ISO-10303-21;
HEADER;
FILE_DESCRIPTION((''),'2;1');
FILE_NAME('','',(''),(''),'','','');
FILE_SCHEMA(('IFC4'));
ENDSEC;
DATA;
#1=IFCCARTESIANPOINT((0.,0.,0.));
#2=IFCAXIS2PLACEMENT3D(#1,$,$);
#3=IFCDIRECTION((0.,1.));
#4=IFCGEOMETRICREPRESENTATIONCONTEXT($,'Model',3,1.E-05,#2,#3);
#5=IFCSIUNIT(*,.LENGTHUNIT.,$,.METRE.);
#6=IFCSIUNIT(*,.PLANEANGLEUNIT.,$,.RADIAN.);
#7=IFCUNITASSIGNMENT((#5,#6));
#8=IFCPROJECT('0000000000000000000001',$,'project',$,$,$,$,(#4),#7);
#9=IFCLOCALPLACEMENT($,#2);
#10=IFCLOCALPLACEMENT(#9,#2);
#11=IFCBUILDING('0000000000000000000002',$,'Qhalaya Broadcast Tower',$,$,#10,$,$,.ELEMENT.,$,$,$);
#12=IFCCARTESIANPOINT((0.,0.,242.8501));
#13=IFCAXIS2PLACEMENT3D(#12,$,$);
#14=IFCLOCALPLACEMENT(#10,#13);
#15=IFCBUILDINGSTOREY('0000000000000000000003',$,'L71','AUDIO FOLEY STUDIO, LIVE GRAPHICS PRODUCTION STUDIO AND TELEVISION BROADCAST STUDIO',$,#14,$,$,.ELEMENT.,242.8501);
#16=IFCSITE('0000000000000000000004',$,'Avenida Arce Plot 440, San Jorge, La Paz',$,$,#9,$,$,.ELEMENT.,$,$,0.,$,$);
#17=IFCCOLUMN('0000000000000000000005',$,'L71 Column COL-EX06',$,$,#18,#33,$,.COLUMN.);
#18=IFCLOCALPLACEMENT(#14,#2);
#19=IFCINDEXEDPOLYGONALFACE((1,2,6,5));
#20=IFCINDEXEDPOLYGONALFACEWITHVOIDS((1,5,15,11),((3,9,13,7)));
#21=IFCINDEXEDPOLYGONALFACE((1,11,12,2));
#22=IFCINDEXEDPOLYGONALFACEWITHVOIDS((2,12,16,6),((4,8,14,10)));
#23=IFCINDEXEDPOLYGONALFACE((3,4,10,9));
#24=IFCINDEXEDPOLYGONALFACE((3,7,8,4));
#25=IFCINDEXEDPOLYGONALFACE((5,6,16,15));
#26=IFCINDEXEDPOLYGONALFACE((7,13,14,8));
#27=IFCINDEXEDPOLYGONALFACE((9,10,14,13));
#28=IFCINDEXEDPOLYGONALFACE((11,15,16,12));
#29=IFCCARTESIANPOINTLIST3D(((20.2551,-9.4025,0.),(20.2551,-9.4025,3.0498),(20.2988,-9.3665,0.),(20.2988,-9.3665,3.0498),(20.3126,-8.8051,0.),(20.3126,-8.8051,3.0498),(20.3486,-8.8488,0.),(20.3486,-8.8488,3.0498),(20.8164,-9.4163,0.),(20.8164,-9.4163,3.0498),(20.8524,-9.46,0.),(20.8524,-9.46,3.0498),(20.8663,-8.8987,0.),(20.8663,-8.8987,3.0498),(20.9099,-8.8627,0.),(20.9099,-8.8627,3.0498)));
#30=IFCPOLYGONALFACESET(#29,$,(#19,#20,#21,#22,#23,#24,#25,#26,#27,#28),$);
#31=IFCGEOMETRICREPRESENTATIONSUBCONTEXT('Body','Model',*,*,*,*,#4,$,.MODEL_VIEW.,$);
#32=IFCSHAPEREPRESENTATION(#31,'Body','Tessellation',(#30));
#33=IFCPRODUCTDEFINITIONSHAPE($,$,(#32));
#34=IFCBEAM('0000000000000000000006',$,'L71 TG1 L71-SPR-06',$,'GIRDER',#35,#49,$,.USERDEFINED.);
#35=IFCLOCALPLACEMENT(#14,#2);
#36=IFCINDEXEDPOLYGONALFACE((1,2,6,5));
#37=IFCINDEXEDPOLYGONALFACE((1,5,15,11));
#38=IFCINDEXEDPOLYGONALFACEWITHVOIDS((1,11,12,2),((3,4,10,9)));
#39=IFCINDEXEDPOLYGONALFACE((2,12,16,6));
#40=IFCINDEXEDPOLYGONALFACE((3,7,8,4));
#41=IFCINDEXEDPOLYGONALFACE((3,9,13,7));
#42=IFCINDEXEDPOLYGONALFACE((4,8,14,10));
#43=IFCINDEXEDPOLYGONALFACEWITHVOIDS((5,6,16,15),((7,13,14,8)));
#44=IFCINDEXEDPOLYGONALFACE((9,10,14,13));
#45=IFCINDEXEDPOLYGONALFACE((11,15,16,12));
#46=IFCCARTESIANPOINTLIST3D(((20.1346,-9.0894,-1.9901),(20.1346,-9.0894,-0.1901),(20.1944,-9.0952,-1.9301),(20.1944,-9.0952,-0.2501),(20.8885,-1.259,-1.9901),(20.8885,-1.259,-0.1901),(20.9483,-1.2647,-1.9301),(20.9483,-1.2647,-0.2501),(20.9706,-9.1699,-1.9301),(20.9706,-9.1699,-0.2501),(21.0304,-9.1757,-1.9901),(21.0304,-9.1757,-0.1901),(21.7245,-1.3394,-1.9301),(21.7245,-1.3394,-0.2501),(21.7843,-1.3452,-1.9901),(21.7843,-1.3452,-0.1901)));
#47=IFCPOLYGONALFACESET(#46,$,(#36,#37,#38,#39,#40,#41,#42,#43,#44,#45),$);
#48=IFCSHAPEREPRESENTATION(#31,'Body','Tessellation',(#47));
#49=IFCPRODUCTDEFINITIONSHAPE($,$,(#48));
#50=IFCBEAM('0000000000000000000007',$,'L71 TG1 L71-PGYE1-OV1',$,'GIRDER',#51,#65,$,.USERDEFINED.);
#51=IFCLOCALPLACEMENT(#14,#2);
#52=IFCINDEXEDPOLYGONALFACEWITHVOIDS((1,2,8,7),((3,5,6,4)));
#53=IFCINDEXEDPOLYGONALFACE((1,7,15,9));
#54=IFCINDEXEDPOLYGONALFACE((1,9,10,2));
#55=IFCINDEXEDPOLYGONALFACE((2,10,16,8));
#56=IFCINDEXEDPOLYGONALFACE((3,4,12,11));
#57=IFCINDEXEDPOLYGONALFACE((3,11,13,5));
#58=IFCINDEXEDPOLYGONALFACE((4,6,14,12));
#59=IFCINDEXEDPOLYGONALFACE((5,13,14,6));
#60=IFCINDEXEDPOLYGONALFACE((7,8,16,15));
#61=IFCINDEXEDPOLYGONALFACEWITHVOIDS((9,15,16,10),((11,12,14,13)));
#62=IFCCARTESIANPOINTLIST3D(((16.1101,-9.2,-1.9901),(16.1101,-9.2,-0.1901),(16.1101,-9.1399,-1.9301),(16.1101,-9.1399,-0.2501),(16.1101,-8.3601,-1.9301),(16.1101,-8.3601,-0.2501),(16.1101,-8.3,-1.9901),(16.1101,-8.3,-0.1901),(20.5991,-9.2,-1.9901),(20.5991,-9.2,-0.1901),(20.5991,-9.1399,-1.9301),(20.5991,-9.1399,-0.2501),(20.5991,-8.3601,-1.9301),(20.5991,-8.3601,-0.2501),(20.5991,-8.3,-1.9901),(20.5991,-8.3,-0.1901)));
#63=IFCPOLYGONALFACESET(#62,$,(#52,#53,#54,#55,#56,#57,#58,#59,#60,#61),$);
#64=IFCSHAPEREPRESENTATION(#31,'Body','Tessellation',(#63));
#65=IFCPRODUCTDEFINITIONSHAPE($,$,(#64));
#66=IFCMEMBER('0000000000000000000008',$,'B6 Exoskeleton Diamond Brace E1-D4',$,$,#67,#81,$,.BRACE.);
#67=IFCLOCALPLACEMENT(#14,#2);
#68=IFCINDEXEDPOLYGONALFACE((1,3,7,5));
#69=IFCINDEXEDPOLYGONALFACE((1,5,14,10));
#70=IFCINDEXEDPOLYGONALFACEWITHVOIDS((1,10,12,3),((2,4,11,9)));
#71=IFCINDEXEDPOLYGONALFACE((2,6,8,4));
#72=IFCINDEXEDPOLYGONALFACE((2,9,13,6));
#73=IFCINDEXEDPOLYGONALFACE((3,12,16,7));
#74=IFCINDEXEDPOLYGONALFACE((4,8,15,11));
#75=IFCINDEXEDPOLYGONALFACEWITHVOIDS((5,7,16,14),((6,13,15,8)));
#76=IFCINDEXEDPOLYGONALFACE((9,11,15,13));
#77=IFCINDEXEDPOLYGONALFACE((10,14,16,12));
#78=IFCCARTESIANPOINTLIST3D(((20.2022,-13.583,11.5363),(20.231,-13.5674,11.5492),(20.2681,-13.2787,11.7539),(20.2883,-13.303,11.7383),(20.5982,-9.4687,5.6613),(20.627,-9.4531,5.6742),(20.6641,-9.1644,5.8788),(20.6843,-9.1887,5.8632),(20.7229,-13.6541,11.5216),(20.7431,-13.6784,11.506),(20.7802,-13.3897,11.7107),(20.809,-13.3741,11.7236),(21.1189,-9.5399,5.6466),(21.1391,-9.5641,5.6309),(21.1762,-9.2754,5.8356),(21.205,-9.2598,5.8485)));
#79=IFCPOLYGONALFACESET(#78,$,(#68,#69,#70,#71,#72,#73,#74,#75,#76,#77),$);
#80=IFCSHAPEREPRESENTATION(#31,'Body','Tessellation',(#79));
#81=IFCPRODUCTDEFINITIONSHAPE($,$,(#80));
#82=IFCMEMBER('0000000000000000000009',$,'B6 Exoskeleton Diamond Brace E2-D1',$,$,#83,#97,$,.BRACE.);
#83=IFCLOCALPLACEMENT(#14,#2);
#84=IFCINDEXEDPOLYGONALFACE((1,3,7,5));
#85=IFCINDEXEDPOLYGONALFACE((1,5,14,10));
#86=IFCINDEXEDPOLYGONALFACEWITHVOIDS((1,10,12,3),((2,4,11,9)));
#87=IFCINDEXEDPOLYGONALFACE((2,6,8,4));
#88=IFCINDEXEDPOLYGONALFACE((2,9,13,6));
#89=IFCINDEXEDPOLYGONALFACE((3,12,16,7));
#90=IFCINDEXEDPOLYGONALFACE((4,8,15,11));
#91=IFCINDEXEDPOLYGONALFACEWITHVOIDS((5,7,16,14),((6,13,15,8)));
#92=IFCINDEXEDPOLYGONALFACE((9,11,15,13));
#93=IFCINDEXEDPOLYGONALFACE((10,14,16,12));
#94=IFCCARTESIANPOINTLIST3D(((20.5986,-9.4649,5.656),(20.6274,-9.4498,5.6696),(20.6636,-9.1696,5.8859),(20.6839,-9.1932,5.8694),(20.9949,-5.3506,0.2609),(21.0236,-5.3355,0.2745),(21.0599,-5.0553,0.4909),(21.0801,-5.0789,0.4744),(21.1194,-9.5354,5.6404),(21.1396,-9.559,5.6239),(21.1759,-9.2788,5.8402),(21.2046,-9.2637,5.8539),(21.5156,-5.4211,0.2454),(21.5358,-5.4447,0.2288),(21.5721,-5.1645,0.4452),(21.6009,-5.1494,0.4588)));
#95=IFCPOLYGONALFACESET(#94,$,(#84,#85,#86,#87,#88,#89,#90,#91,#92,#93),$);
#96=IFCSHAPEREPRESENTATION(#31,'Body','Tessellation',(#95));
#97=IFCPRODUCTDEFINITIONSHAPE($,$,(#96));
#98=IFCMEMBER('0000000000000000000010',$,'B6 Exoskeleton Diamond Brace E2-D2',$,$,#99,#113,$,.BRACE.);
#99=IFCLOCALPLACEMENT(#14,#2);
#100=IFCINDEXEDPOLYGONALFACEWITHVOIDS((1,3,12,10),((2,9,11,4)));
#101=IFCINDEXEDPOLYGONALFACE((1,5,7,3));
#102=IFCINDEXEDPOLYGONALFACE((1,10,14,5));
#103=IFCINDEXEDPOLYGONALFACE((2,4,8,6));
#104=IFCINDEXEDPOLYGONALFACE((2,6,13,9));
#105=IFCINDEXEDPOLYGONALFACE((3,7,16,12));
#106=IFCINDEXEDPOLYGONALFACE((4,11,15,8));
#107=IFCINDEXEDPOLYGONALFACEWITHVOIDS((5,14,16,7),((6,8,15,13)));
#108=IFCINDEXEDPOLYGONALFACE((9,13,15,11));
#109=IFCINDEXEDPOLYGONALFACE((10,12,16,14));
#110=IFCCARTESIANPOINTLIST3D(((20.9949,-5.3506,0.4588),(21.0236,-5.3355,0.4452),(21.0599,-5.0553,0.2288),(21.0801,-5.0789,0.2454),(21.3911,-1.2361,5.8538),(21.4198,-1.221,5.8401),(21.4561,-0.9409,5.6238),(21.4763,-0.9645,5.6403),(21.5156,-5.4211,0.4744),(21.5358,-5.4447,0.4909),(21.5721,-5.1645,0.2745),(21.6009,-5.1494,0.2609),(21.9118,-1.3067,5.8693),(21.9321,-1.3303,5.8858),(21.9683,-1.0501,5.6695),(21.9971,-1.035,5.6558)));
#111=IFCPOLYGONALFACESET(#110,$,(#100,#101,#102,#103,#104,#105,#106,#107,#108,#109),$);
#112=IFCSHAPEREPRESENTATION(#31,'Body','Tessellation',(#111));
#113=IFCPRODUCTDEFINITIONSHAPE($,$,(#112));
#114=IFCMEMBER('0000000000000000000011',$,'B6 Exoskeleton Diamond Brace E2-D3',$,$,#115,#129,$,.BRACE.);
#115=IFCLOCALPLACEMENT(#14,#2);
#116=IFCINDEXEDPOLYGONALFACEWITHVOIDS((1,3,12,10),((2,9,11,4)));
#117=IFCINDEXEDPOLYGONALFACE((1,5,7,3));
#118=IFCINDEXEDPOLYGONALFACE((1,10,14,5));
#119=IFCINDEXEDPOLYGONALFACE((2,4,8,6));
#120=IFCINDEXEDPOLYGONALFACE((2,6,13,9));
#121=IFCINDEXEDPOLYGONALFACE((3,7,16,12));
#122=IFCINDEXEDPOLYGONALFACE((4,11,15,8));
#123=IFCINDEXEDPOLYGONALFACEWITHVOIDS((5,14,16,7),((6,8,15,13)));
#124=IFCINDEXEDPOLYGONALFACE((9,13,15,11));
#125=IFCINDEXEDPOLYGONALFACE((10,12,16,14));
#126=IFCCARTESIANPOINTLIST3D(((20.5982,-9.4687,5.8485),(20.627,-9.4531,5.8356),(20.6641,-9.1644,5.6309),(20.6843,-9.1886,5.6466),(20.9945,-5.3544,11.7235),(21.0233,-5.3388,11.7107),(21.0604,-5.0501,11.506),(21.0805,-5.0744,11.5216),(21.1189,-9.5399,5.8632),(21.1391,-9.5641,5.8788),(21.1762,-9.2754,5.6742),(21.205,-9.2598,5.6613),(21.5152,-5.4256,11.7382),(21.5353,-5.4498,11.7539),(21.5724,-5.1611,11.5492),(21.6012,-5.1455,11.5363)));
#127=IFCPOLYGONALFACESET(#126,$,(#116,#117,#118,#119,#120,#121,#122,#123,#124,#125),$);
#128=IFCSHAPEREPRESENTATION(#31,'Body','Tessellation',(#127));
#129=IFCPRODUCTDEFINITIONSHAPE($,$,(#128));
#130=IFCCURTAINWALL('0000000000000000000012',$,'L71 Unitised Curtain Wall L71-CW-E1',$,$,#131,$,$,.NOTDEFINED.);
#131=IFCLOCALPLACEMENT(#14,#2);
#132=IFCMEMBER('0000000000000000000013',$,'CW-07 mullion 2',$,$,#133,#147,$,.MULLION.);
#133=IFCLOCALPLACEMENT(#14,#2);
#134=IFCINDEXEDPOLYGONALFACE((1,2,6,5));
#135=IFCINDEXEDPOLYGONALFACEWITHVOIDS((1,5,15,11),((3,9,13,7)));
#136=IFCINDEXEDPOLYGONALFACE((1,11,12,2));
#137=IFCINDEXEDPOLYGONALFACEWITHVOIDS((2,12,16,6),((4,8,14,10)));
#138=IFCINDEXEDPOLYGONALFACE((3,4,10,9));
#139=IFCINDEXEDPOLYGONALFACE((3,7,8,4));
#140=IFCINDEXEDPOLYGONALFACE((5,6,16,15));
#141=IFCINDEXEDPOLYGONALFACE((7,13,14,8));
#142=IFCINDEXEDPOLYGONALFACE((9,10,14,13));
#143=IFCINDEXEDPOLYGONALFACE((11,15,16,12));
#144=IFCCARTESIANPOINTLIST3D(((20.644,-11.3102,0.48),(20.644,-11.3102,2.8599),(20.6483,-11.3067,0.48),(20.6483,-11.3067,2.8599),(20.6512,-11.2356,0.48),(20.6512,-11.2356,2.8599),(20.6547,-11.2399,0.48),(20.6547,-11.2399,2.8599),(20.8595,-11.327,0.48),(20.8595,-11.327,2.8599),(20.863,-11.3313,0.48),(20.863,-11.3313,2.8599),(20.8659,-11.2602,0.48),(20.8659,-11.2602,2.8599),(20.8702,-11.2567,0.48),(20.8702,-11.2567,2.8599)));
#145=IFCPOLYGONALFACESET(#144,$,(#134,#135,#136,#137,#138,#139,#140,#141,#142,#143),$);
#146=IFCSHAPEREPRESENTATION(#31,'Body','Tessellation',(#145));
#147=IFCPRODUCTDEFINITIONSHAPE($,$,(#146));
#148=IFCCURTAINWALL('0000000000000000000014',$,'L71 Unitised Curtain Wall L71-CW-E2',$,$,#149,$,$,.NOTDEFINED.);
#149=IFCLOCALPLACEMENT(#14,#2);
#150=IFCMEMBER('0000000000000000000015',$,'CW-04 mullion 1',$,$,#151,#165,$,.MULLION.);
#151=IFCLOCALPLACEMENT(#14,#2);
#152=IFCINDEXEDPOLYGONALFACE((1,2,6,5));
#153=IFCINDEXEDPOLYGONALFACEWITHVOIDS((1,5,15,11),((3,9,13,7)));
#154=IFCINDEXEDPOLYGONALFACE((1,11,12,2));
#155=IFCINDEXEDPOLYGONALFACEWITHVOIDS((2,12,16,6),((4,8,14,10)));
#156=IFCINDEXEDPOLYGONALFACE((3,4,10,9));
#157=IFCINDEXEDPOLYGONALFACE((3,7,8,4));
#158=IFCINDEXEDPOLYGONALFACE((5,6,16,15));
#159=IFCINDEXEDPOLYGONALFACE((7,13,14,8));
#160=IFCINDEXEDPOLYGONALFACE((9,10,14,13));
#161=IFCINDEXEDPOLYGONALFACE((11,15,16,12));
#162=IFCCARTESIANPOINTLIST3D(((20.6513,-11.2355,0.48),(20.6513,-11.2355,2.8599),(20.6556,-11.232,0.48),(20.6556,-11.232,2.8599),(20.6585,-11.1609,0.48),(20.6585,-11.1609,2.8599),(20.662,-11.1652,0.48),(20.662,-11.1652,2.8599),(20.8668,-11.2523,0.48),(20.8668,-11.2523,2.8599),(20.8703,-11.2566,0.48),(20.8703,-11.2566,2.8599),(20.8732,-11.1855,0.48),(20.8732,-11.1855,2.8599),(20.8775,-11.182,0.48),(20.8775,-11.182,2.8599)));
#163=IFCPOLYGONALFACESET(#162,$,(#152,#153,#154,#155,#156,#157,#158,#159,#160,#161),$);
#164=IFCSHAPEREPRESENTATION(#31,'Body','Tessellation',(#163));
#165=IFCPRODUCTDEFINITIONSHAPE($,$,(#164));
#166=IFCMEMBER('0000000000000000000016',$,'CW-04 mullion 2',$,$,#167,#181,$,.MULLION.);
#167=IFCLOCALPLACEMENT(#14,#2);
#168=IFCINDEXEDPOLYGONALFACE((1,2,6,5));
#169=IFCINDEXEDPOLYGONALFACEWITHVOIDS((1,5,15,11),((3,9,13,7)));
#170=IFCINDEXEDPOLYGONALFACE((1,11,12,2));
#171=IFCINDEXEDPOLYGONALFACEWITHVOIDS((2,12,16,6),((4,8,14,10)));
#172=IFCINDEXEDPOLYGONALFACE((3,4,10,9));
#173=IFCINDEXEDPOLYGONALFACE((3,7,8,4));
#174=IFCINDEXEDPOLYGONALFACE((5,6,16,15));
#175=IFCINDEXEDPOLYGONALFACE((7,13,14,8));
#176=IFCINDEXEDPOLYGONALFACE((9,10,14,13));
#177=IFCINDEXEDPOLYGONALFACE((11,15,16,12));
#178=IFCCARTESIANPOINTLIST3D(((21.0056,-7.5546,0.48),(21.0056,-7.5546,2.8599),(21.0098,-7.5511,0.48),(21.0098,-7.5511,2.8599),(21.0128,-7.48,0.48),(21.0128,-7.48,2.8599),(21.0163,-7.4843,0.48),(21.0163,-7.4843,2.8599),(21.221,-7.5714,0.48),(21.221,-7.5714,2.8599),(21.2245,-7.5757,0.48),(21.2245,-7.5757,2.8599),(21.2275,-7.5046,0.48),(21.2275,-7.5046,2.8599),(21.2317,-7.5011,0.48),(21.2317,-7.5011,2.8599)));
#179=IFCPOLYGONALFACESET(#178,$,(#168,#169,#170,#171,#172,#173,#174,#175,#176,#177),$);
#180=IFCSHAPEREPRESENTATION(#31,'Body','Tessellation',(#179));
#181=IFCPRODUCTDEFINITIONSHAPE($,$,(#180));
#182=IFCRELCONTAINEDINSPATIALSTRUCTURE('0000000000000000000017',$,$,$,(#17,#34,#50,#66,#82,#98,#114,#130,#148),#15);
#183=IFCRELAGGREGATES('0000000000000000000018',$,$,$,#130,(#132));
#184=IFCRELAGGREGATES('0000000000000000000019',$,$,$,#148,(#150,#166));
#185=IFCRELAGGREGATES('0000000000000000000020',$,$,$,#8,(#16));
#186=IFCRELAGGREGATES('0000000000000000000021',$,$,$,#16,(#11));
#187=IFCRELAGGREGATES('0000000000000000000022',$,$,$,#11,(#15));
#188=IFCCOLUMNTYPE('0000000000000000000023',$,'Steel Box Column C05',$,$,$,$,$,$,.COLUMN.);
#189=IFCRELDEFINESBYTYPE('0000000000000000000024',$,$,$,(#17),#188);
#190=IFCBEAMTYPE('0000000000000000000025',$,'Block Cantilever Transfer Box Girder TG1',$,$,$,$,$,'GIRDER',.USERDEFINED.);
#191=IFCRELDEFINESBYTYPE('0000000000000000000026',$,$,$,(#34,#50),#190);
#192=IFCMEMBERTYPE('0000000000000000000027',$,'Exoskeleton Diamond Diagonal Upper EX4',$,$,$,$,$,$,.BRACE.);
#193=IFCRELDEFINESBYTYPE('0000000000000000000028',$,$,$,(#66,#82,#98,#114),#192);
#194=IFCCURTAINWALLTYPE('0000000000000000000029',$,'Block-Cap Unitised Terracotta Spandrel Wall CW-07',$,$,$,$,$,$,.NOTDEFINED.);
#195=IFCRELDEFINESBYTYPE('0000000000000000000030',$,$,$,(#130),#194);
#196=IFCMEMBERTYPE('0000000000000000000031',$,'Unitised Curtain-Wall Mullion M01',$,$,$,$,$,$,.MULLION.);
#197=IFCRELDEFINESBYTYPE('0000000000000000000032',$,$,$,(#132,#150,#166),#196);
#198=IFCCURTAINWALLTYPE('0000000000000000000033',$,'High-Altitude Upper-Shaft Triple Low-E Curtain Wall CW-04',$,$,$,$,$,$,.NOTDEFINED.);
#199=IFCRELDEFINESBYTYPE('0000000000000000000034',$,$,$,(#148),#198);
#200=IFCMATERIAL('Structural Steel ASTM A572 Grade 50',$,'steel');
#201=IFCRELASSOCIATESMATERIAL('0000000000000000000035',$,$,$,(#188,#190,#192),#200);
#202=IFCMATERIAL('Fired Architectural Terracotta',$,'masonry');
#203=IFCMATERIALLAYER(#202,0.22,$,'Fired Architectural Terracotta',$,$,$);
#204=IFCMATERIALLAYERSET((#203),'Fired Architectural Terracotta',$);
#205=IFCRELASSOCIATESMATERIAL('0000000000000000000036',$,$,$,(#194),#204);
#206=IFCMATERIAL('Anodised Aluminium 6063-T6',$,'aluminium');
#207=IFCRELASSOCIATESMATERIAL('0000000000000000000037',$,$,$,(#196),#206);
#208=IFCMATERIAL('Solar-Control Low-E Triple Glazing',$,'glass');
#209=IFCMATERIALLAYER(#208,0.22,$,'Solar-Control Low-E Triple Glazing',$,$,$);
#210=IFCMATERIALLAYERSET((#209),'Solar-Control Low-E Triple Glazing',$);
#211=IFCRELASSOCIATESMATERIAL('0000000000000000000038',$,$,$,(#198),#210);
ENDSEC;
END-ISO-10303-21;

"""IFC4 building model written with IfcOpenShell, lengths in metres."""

from ifc_helpers import new_model, si_unit, direction, frame, origin, origin_2d, place, context, subcontext, project, spatial, hollow_rectangle, extrude, material, layer, layer_set, material_profile, profile_set, type_object, element, aggregate, save


model = new_model("IFC4")

# Units and contexts
model_context = context("Model", 3, precision=1e-05, world=origin(), true_north=direction((0.0, 1.0)))
body_context = subcontext(model_context, "Body", "Model", "MODEL_VIEW")
ifc_project = project(units=[si_unit("LENGTHUNIT", "METRE"), si_unit("PLANEANGLEUNIT", "RADIAN")], contexts=[model_context])

# Site, building, storey
site_placement = place(None, origin())
site = spatial("IfcSite", under=ifc_project, at=site_placement, Name="Avenida Arce Plot 440, San Jorge, La Paz", CompositionType="ELEMENT", RefElevation=0.0)
building_placement = place(site_placement, origin())
building = spatial("IfcBuilding", under=site, at=building_placement, Name="Qhalaya Broadcast Tower", CompositionType="ELEMENT")
storey_placement = place(building_placement, frame((0.0, 0.0, 242.8501)))
storey = spatial("IfcBuildingStorey", under=building, at=storey_placement, Name="L71", Description="AUDIO FOLEY STUDIO, LIVE GRAPHICS PRODUCTION STUDIO AND TELEVISION BROADCAST STUDIO", CompositionType="ELEMENT", Elevation=242.8501)

# Column
ifc_material_1 = material(Name="Structural Steel ASTM A572 Grade 50", Category="steel")
ifc_material_profile_1 = material_profile(ifc_material_1, hollow_rectangle(XDim=0.6001, YDim=0.6001, WallThickness=0.04, at=origin_2d()), Name="BOX 600x600x40")
ifc_profile_set_1 = profile_set([ifc_material_profile_1], Name="Structural Steel ASTM A572 Grade 50")
column_type = type_object("IfcColumnType", Name="Steel Box Column C05", PredefinedType="COLUMN", material=ifc_profile_set_1)
column_placement = place(storey_placement, frame((20.5825, -9.1326, 0.0), z_axis=(0.0, 0.0, 1.0), x_axis=(0.095846, 0.995396, 0.0)))
element("IfcColumn", 1, at=column_placement, inside=storey, type_object=column_type, Name="L71 Column COL-EX06", PredefinedType="COLUMN", context=body_context, shape_type="SweptSolid", body=[
    extrude(hollow_rectangle(XDim=0.6001, YDim=0.6001, WallThickness=0.04, at=origin_2d()), origin(), (0.0, 0.0, 1.0), 3.0498),
])

# Beams
ifc_material_profile_2 = material_profile(ifc_material_1, hollow_rectangle(XDim=0.8999, YDim=1.8, WallThickness=0.0601, at=origin_2d()), Name="BOX 900x1800x60")
ifc_profile_set_2 = profile_set([ifc_material_profile_2], Name="Structural Steel ASTM A572 Grade 50")
beam_type = type_object("IfcBeamType", Name="Block Cantilever Transfer Box Girder TG1", ElementType="GIRDER", PredefinedType="USERDEFINED", material=ifc_profile_set_2)
beam_1_placement = place(storey_placement, frame((20.5825, -9.1326, -1.0901), z_axis=(0.095834, 0.995397, 0.0), x_axis=(-0.995397, 0.095834, 0.0)))
element("IfcBeam", 2, at=beam_1_placement, inside=storey, type_object=beam_type, Name="L71 TG1 L71-SPR-06", ObjectType="GIRDER", PredefinedType="USERDEFINED", context=body_context, shape_type="SweptSolid", body=[
    extrude(hollow_rectangle(XDim=0.8999, YDim=1.8, WallThickness=0.0601, at=origin_2d()), origin(), (0.0, 0.0, 1.0), 7.8667),
])
beam_2_placement = place(storey_placement, frame((16.1101, -8.75, -1.0901), z_axis=(1.0, 0.0, 0.0), x_axis=(0.0, 1.0, 0.0)))
element("IfcBeam", 3, at=beam_2_placement, inside=storey, type_object=beam_type, Name="L71 TG1 L71-PGYE1-OV1", ObjectType="GIRDER", PredefinedType="USERDEFINED", context=body_context, shape_type="SweptSolid", body=[
    extrude(hollow_rectangle(XDim=0.8999, YDim=1.8, WallThickness=0.0601, at=origin_2d()), origin(), (0.0, 0.0, 1.0), 4.489),
])

# Members
ifc_material_profile_3 = material_profile(ifc_material_1, hollow_rectangle(XDim=0.3799, YDim=0.55, WallThickness=0.0249, at=origin_2d()), Name="BOX 380x550x25")
ifc_profile_set_3 = profile_set([ifc_material_profile_3], Name="Structural Steel ASTM A572 Grade 50")
member_type_1 = type_object("IfcMemberType", Name="Exoskeleton Diamond Diagonal Upper EX4", PredefinedType="BRACE", material=ifc_profile_set_3)
member_1_placement = place(storey_placement, frame((20.9016, -9.3643, 5.7549), z_axis=(-0.055127, -0.572755, 0.817871), x_axis=(0.173402, 0.801178, 0.572752)))
element("IfcMember", 4, at=member_1_placement, inside=storey, type_object=member_type_1, Name="B6 Exoskeleton Diamond Brace E1-D4", PredefinedType="BRACE", context=body_context, shape_type="SweptSolid", body=[
    extrude(hollow_rectangle(XDim=0.3799, YDim=0.55, WallThickness=0.0249, at=origin_2d()), origin(), (0.0, 0.0, 1.0), 7.1833),
])
for number, where, z_axis, x_axis, name in (
    (5, (21.2979, -5.25, 0.3599), (-0.058302, -0.605363, 0.793811), (0.171153, 0.777329, 0.605364), "B6 Exoskeleton Diamond Brace E2-D1"),
    (6, (21.2979, -5.25, 0.3599), (0.058301, 0.605386, 0.793794), (-0.171147, -0.777313, 0.605387), "B6 Exoskeleton Diamond Brace E2-D2"),
):
    element("IfcMember", number, at=place(storey_placement, frame(where, z_axis=z_axis, x_axis=x_axis)), inside=storey, type_object=member_type_1, Name=name, PredefinedType="BRACE", context=body_context, shape_type="SweptSolid", body=[
        extrude(hollow_rectangle(XDim=0.3799, YDim=0.55, WallThickness=0.0249, at=origin_2d()), origin(), (0.0, 0.0, 1.0), 6.7964),
    ])
member_2_placement = place(storey_placement, frame((20.9016, -9.3643, 5.7549), z_axis=(0.055161, 0.572753, 0.81787), x_axis=(-0.173449, -0.801166, 0.572755)))
element("IfcMember", 7, at=member_2_placement, inside=storey, type_object=member_type_1, Name="B6 Exoskeleton Diamond Brace E2-D3", PredefinedType="BRACE", context=body_context, shape_type="SweptSolid", body=[
    extrude(hollow_rectangle(XDim=0.3799, YDim=0.55, WallThickness=0.0249, at=origin_2d()), origin(), (0.0, 0.0, 1.0), 7.1833),
])

# Curtain wall, member
ifc_material_2 = material(Name="Fired Architectural Terracotta", Category="masonry")
ifc_layer_1 = layer(ifc_material_2, 0.22, Name="Fired Architectural Terracotta")
ifc_layer_set_1 = layer_set([ifc_layer_1], Name="Fired Architectural Terracotta")
curtain_wall_type_1 = type_object("IfcCurtainWallType", Name="Block-Cap Unitised Terracotta Spandrel Wall CW-07", PredefinedType="NOTDEFINED", material=ifc_layer_set_1)
curtain_wall_1_placement = place(storey_placement, origin())
curtain_wall_1 = element("IfcCurtainWall", 8, at=curtain_wall_1_placement, inside=storey, type_object=curtain_wall_type_1, Name="L71 Unitised Curtain Wall L71-CW-E1", PredefinedType="NOTDEFINED")
ifc_material_3 = material(Name="Anodised Aluminium 6063-T6", Category="aluminium")
ifc_material_profile_4 = material_profile(ifc_material_3, hollow_rectangle(XDim=0.075, YDim=0.22, WallThickness=0.0039, at=origin_2d()), Name="ALU-MUL 75x220x4")
ifc_profile_set_4 = profile_set([ifc_material_profile_4], Name="Anodised Aluminium 6063-T6")
member_type_2 = type_object("IfcMemberType", Name="Unitised Curtain-Wall Mullion M01", PredefinedType="MULLION", material=ifc_profile_set_4)
member_3_placement = place(storey_placement, frame((20.7571, -11.2834, 0.48), z_axis=(0.0, 0.0, 1.0), x_axis=(0.095848, 0.995396, 0.0)))
member_3 = element("IfcMember", 9, at=member_3_placement, type_object=member_type_2, Name="CW-07 mullion 2", PredefinedType="MULLION", context=body_context, shape_type="SweptSolid", body=[
    extrude(hollow_rectangle(XDim=0.075, YDim=0.22, WallThickness=0.0039, at=origin_2d()), origin(), (0.0, 0.0, 1.0), 2.3799),
])
aggregate(curtain_wall_1, [member_3])

# Curtain wall, members
ifc_material_4 = material(Name="Solar-Control Low-E Triple Glazing", Category="glass")
ifc_layer_2 = layer(ifc_material_4, 0.22, Name="Solar-Control Low-E Triple Glazing")
ifc_layer_set_2 = layer_set([ifc_layer_2], Name="Solar-Control Low-E Triple Glazing")
curtain_wall_type_2 = type_object("IfcCurtainWallType", Name="High-Altitude Upper-Shaft Triple Low-E Curtain Wall CW-04", PredefinedType="NOTDEFINED", material=ifc_layer_set_2)
curtain_wall_2_placement = place(storey_placement, origin())
curtain_wall_2 = element("IfcCurtainWall", 10, at=curtain_wall_2_placement, inside=storey, type_object=curtain_wall_type_2, Name="L71 Unitised Curtain Wall L71-CW-E2", PredefinedType="NOTDEFINED")
member_4_placement = place(storey_placement, frame((20.7644, -11.2087, 0.48), z_axis=(0.0, 0.0, 1.0), x_axis=(0.09584, 0.995397, 0.0)))
member_4 = element("IfcMember", 11, at=member_4_placement, type_object=member_type_2, Name="CW-04 mullion 1", PredefinedType="MULLION", context=body_context, shape_type="SweptSolid", body=[
    extrude(hollow_rectangle(XDim=0.075, YDim=0.22, WallThickness=0.0039, at=origin_2d()), origin(), (0.0, 0.0, 1.0), 2.3799),
])
member_5_placement = place(storey_placement, frame((21.1187, -7.5278, 0.48), z_axis=(0.0, 0.0, 1.0), x_axis=(0.09584, 0.995397, 0.0)))
member_5 = element("IfcMember", 12, at=member_5_placement, type_object=member_type_2, Name="CW-04 mullion 2", PredefinedType="MULLION", context=body_context, shape_type="SweptSolid", body=[
    extrude(hollow_rectangle(XDim=0.075, YDim=0.22, WallThickness=0.0039, at=origin_2d()), origin(), (0.0, 0.0, 1.0), 2.3799),
])

aggregate(curtain_wall_2, [member_4, member_5])

save(model, "model.ifc")
